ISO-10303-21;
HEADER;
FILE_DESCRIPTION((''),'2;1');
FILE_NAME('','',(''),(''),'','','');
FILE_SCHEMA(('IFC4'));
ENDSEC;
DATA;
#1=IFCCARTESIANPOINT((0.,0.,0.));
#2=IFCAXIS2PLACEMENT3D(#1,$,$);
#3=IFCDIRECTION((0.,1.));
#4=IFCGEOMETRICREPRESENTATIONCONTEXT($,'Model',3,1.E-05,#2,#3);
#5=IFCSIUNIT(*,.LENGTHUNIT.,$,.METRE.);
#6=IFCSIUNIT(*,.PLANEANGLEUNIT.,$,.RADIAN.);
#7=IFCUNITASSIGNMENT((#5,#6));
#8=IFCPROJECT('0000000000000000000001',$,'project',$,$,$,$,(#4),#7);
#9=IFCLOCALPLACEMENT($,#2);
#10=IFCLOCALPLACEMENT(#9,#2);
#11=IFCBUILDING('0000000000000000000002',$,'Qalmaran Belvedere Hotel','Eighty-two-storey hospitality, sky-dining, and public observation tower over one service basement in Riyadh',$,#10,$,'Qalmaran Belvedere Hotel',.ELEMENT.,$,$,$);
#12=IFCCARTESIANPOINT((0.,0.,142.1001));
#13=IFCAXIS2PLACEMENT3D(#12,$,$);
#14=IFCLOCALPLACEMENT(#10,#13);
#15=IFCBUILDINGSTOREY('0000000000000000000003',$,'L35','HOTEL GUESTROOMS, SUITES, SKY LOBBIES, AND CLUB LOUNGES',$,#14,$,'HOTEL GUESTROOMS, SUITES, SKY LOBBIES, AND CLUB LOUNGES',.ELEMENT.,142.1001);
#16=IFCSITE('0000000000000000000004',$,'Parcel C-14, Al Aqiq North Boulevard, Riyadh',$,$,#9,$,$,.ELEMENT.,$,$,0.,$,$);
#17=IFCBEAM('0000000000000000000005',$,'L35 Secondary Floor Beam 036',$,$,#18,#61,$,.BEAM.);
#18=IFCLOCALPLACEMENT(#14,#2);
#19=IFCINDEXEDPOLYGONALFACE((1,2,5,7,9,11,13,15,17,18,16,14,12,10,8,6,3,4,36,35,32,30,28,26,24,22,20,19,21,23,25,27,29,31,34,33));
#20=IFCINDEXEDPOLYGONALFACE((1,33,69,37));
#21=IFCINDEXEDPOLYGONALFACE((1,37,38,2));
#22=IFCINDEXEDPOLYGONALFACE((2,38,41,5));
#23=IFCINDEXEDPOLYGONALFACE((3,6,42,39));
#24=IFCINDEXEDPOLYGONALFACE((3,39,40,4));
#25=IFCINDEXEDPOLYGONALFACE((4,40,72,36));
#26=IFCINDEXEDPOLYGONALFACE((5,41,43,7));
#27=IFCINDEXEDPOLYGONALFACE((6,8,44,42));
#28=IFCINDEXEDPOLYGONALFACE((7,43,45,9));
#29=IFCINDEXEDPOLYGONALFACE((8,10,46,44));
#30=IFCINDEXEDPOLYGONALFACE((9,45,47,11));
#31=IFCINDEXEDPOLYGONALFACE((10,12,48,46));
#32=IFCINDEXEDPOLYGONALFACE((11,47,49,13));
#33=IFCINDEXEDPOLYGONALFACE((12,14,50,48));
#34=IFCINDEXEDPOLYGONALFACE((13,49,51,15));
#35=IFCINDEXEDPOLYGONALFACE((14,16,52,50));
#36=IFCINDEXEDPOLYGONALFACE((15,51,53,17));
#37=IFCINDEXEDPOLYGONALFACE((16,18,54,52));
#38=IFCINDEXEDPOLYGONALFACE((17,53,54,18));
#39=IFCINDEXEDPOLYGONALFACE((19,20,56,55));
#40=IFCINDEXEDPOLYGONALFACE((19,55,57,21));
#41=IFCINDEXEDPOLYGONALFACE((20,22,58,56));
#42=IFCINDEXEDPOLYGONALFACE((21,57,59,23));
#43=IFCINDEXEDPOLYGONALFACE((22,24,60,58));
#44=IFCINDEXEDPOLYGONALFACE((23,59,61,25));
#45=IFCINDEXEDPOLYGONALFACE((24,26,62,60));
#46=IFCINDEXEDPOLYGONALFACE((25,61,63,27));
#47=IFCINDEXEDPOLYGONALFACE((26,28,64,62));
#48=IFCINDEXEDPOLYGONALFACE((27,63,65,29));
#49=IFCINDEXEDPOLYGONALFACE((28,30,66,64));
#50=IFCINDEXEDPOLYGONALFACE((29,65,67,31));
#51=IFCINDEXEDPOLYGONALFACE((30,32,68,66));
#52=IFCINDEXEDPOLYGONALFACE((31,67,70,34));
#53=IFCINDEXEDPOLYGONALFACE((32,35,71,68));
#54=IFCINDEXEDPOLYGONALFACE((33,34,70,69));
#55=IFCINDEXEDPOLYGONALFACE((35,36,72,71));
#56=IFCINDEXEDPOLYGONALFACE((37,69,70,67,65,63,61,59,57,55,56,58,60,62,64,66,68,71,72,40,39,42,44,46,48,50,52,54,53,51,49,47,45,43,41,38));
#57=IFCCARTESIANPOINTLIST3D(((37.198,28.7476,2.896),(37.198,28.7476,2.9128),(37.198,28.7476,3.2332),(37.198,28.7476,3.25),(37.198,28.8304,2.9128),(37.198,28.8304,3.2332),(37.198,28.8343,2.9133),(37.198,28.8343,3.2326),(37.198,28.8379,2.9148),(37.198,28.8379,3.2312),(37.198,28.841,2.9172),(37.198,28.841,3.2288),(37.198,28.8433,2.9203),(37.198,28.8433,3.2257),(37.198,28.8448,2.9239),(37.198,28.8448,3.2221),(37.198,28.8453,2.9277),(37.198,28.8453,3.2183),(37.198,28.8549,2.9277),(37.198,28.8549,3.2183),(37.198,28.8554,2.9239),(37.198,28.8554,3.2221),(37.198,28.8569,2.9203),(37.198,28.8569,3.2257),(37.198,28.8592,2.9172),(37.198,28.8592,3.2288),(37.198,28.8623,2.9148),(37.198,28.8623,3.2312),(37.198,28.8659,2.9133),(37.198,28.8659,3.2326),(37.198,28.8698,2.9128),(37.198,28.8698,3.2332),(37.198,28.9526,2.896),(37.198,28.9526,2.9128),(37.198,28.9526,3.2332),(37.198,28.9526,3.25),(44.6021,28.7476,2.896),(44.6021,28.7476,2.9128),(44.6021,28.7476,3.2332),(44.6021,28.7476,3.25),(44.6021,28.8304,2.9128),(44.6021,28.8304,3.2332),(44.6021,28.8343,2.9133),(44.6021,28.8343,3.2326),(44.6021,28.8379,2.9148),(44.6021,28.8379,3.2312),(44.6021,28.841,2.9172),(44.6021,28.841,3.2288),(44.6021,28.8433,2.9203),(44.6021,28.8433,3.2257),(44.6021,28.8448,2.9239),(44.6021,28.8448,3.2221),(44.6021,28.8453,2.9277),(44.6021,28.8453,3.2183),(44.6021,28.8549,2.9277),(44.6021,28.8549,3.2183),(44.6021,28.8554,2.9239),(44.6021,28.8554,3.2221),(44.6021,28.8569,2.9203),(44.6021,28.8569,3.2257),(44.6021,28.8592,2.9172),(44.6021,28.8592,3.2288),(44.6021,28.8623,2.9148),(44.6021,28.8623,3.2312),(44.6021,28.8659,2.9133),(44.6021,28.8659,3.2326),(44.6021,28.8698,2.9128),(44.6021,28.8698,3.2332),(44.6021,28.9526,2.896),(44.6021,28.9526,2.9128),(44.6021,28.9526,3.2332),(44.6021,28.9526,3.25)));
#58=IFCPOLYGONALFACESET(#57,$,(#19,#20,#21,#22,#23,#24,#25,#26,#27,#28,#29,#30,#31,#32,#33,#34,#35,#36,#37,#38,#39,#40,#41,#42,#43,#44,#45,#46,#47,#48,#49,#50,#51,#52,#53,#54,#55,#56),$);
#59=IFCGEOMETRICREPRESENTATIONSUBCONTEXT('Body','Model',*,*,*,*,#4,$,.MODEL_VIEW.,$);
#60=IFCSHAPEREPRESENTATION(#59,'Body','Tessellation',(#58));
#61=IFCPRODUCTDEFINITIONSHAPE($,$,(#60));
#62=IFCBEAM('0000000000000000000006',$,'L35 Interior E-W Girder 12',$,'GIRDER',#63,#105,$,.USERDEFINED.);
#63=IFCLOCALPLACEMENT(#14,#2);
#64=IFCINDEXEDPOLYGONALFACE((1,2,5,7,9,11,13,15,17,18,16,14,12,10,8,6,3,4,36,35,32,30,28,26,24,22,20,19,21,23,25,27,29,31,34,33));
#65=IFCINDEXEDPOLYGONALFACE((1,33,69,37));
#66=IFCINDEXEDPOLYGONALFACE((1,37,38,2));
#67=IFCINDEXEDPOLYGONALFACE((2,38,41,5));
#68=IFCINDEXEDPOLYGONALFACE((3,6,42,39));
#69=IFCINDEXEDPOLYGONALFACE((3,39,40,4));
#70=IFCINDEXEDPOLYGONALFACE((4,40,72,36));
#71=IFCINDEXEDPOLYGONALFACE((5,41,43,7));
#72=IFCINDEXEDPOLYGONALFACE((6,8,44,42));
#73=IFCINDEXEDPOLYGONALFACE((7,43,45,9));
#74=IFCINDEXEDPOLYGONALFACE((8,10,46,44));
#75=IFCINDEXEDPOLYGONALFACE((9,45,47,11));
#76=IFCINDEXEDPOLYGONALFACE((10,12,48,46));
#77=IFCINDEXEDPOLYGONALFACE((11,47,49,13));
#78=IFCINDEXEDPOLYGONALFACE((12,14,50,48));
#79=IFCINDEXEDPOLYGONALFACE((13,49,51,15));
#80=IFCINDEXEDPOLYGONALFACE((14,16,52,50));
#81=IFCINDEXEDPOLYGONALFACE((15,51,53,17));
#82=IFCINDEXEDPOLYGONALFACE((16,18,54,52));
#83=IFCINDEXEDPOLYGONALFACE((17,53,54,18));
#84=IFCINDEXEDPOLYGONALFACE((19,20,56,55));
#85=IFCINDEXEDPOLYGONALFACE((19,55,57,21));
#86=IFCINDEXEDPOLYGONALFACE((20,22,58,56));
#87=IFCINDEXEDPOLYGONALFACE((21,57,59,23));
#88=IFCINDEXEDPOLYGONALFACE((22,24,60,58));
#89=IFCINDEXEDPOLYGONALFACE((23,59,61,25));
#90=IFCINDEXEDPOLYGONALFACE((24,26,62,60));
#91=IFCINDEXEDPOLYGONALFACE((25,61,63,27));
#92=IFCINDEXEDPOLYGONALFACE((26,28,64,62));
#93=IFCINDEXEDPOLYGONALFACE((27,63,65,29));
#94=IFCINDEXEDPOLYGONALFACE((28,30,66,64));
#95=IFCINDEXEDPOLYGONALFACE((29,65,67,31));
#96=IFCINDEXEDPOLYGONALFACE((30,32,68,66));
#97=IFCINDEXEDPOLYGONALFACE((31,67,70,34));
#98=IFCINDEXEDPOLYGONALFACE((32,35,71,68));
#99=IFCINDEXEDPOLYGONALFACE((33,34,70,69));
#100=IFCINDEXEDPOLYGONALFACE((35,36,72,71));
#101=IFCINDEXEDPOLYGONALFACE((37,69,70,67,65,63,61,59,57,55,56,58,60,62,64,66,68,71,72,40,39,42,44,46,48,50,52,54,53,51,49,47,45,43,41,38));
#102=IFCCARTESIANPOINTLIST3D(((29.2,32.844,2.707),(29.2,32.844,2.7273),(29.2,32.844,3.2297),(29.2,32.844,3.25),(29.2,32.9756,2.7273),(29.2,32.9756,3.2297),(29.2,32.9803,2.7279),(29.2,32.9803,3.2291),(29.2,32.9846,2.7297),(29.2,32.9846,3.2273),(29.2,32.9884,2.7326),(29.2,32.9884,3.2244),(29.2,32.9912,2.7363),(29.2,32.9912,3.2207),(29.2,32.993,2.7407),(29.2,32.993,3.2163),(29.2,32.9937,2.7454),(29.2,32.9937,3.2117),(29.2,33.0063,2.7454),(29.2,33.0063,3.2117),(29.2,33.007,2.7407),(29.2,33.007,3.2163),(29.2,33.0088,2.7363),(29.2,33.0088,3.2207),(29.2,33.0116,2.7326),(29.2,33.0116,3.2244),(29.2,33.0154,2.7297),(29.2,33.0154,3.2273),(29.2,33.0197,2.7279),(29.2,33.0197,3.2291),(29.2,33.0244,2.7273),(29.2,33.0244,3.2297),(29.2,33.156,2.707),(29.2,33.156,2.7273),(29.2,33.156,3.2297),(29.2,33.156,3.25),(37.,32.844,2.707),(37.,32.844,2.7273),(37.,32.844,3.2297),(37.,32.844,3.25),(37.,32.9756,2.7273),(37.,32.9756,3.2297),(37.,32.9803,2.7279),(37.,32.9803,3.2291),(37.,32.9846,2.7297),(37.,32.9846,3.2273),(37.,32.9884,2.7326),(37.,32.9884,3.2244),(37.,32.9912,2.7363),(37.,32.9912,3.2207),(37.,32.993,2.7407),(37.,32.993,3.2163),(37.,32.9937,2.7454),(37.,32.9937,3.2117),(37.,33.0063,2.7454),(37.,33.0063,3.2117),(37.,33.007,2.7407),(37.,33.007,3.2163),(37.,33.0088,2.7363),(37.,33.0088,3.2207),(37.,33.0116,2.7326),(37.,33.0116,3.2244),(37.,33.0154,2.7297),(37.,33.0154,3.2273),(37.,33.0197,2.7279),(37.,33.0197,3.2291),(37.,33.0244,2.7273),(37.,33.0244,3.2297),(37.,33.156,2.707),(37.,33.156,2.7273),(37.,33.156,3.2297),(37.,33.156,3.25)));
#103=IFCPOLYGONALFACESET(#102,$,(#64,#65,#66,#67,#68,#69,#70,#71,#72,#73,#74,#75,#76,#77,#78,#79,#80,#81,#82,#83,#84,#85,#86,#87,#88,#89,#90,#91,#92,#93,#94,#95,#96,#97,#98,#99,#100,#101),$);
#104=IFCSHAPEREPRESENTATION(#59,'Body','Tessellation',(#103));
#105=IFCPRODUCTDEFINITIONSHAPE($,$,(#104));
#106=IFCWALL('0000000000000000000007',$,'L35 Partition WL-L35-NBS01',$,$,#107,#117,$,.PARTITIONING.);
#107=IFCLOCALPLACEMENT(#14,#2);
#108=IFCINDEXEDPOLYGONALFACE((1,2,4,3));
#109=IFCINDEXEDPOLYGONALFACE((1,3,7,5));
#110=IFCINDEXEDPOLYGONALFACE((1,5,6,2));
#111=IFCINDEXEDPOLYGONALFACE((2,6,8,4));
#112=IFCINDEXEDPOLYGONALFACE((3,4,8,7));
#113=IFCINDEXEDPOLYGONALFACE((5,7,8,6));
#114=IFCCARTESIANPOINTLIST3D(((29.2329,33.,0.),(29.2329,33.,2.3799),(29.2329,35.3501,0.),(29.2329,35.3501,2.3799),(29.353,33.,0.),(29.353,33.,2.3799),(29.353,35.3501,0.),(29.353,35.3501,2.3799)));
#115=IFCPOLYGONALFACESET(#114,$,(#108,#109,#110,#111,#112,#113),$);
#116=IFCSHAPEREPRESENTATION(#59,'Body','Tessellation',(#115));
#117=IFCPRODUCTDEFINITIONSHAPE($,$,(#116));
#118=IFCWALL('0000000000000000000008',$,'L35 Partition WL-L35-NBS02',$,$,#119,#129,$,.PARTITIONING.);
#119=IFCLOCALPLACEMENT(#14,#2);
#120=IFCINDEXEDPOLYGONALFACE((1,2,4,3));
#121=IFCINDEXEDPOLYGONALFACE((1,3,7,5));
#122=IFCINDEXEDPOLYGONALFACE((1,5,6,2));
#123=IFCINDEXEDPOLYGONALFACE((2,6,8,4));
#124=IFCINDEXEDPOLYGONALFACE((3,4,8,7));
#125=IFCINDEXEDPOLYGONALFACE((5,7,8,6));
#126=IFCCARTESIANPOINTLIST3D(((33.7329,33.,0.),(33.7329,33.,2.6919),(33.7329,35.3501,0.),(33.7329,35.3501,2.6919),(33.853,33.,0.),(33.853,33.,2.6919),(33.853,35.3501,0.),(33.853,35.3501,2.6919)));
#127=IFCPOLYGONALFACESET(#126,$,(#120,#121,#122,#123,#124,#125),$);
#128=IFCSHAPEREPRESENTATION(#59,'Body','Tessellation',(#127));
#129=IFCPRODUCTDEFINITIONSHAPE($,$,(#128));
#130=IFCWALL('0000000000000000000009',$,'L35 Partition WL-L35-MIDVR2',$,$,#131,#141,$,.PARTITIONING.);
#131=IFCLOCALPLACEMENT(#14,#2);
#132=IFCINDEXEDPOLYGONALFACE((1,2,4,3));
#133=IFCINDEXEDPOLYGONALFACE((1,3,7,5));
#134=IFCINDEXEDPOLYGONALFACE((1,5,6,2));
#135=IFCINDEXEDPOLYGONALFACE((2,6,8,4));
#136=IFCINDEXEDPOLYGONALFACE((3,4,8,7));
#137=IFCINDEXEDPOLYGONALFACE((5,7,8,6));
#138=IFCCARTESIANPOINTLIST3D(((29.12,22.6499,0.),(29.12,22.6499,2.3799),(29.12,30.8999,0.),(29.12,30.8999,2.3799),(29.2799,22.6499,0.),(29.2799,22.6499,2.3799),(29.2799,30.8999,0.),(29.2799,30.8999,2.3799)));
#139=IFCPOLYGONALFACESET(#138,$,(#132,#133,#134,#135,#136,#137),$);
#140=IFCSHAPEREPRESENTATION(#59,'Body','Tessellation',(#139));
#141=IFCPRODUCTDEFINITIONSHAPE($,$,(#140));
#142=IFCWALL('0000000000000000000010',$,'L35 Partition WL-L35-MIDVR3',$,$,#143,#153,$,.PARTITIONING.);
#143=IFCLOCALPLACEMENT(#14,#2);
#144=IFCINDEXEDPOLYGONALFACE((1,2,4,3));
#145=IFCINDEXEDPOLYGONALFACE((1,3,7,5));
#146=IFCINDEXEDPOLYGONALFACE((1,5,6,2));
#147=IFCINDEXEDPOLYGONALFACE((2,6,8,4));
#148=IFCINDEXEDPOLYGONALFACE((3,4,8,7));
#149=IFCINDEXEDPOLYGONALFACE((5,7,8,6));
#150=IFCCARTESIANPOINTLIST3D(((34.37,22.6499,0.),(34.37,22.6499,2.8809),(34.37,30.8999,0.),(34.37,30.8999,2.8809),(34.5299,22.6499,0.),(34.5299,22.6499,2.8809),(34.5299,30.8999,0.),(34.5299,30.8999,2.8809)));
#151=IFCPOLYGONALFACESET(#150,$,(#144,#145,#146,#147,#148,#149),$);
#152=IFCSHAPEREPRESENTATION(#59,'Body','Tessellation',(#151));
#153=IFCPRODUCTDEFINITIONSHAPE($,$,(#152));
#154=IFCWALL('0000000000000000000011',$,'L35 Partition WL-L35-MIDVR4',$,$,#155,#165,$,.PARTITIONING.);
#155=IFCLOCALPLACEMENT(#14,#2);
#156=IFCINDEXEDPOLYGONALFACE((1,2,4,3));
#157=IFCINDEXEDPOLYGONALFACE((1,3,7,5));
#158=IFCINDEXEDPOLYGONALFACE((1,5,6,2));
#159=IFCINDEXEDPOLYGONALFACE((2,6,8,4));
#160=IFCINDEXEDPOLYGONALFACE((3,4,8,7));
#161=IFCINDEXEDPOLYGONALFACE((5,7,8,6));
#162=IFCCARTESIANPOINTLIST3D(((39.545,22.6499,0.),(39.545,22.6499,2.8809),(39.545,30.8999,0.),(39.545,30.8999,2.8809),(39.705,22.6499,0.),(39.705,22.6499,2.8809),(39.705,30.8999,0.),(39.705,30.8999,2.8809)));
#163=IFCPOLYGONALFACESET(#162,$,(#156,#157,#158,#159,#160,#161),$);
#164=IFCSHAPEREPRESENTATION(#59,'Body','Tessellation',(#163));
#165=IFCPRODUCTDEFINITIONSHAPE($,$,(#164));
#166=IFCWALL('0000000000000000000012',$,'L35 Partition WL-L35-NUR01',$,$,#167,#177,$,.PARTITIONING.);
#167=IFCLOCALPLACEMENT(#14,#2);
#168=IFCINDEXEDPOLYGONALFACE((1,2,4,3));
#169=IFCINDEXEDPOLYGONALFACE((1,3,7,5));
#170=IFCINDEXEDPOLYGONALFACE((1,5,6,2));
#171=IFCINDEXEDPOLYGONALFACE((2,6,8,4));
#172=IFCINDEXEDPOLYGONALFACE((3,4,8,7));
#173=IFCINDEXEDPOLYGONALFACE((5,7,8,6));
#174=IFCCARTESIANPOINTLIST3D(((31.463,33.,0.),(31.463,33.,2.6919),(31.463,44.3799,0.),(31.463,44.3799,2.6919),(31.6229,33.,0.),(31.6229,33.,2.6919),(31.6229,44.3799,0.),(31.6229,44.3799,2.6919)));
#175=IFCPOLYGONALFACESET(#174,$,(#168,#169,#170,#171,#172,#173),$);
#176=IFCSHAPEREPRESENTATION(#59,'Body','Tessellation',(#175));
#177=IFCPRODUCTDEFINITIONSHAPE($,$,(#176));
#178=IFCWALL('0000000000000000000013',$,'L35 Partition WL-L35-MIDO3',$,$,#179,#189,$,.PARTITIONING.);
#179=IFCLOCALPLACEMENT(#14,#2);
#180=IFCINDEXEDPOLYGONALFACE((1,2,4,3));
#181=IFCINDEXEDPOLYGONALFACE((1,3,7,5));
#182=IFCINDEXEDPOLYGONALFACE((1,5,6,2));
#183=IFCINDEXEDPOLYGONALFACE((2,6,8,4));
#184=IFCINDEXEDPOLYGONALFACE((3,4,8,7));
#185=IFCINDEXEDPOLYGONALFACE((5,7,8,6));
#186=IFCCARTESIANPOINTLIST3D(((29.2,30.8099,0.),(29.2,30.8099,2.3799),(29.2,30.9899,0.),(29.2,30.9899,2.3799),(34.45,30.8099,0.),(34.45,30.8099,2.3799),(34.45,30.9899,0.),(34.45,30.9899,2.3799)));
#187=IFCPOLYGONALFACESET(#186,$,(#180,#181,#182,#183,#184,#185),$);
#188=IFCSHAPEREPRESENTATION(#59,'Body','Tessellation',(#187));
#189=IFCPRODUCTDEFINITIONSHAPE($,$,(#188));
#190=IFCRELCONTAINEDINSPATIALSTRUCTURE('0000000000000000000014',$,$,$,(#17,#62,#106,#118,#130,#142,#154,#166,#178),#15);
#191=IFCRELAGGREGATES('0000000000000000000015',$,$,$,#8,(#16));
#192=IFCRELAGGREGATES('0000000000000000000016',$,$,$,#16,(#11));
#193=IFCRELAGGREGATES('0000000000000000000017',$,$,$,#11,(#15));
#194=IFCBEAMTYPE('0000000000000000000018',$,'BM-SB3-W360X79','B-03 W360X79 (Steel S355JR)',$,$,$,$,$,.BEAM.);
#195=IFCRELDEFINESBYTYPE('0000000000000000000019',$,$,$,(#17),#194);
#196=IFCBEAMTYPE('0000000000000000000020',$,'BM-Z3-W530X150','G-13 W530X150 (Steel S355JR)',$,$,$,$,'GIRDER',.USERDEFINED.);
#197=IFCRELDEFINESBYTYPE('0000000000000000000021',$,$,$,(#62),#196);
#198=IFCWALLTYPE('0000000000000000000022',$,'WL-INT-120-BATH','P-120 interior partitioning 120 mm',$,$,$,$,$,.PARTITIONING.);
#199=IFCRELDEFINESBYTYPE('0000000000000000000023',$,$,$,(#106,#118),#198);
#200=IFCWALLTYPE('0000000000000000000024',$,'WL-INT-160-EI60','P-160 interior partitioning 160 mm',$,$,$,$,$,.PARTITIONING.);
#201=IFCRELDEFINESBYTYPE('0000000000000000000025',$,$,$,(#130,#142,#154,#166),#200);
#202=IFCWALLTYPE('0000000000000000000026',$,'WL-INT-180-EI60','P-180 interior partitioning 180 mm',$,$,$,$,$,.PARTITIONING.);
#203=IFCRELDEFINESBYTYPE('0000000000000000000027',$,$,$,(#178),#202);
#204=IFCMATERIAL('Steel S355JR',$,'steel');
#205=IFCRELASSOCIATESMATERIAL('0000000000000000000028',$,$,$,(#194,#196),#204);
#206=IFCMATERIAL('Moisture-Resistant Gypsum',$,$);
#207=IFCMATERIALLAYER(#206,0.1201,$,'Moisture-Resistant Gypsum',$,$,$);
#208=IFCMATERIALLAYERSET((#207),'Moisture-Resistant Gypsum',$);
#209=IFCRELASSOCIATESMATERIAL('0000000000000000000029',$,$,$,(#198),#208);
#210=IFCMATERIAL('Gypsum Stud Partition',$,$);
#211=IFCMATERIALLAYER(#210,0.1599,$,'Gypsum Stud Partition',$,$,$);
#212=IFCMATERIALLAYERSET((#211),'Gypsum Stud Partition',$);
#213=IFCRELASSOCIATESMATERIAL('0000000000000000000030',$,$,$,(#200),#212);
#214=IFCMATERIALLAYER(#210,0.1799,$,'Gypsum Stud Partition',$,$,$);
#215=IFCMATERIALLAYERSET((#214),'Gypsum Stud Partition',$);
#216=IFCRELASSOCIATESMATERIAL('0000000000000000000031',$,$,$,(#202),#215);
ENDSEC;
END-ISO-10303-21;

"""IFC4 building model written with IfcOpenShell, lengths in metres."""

from ifc_helpers import new_model, si_unit, direction, frame, frame_2d, origin, origin_2d, place, context, subcontext, project, spatial, rectangle, i_section, extrude, material, layer, layer_set, material_profile, profile_set, type_object, element, save


model = new_model("IFC4")

# Units and contexts
model_context = context("Model", 3, precision=1e-05, world=origin(), true_north=direction((0.0, 1.0)))
body_context = subcontext(model_context, "Body", "Model", "MODEL_VIEW")
ifc_project = project(units=[si_unit("LENGTHUNIT", "METRE"), si_unit("PLANEANGLEUNIT", "RADIAN")], contexts=[model_context])

# Site, building, storey
site_placement = place(None, origin())
site = spatial("IfcSite", under=ifc_project, at=site_placement, Name="Parcel C-14, Al Aqiq North Boulevard, Riyadh", CompositionType="ELEMENT", RefElevation=0.0)
building_placement = place(site_placement, origin())
building = spatial("IfcBuilding", under=site, at=building_placement, Name="Qalmaran Belvedere Hotel", Description="Eighty-two-storey hospitality, sky-dining, and public observation tower over one service basement in Riyadh", LongName="Qalmaran Belvedere Hotel", CompositionType="ELEMENT")
storey_placement = place(building_placement, frame((0.0, 0.0, 142.1001)))
storey = spatial("IfcBuildingStorey", under=building, at=storey_placement, Name="L35", Description="HOTEL GUESTROOMS, SUITES, SKY LOBBIES, AND CLUB LOUNGES", LongName="HOTEL GUESTROOMS, SUITES, SKY LOBBIES, AND CLUB LOUNGES", CompositionType="ELEMENT", Elevation=142.1001)

# Beams
ifc_material_1 = material(Name="Steel S355JR", Category="steel")
ifc_material_profile_1 = material_profile(ifc_material_1, i_section(OverallWidth=0.2051, OverallDepth=0.354, WebThickness=0.0095, FlangeThickness=0.0168, FilletRadius=0.0149, at=origin_2d()), Name="W360X79")
ifc_profile_set_1 = profile_set([ifc_material_profile_1], Name="Steel S355JR")
beam_type_1 = type_object("IfcBeamType", Name="BM-SB3-W360X79", Description="B-03 W360X79 (Steel S355JR)", PredefinedType="BEAM", material=ifc_profile_set_1)
for number, where, z_axis, x_axis, name in (
    (1, (37.198, 28.8501, 3.073), (1.0, 0.0, 0.0), (0.0, 1.0, 0.0), "L35 Secondary Floor Beam 036"),
):
    element("IfcBeam", number, at=place(storey_placement, frame(where, z_axis=z_axis, x_axis=x_axis)), inside=storey, type_object=beam_type_1, Name=name, PredefinedType="BEAM", context=body_context, shape_type="SweptSolid", body=[
        extrude(i_section(OverallWidth=0.2051, OverallDepth=0.354, WebThickness=0.0095, FlangeThickness=0.0168, FilletRadius=0.0149, at=origin_2d()), origin(), (0.0, 0.0, 1.0), 7.4041),
    ])
ifc_material_profile_2 = material_profile(ifc_material_1, i_section(OverallWidth=0.312, OverallDepth=0.543, WebThickness=0.0127, FlangeThickness=0.0203, FilletRadius=0.0181, at=origin_2d()), Name="W530X150")
ifc_profile_set_2 = profile_set([ifc_material_profile_2], Name="Steel S355JR")
beam_type_2 = type_object("IfcBeamType", Name="BM-Z3-W530X150", Description="G-13 W530X150 (Steel S355JR)", ElementType="GIRDER", PredefinedType="USERDEFINED", material=ifc_profile_set_2)
beam_1_placement = place(storey_placement, frame((29.2, 33.0, 2.9785), z_axis=(1.0, 0.0, 0.0), x_axis=(0.0, 1.0, 0.0)))
element("IfcBeam", 2, at=beam_1_placement, inside=storey, type_object=beam_type_2, Name="L35 Interior E-W Girder 12", ObjectType="GIRDER", PredefinedType="USERDEFINED", context=body_context, shape_type="SweptSolid", body=[
    extrude(i_section(OverallWidth=0.312, OverallDepth=0.543, WebThickness=0.0127, FlangeThickness=0.0203, FilletRadius=0.0181, at=origin_2d()), origin(), (0.0, 0.0, 1.0), 7.8),
])

# Walls
ifc_material_2 = material(Name="Moisture-Resistant Gypsum")
ifc_layer_1 = layer(ifc_material_2, 0.1201, Name="Moisture-Resistant Gypsum")
ifc_layer_set_1 = layer_set([ifc_layer_1], Name="Moisture-Resistant Gypsum")
wall_type_1 = type_object("IfcWallType", Name="WL-INT-120-BATH", Description="P-120 interior partitioning 120 mm", PredefinedType="PARTITIONING", material=ifc_layer_set_1)
wall_1_placement = place(storey_placement, frame((29.293, 33.0, 0.0), z_axis=(0.0, 0.0, 1.0), x_axis=(0.0, 1.0, 0.0)))
element("IfcWall", 3, at=wall_1_placement, inside=storey, type_object=wall_type_1, Name="L35 Partition WL-L35-NBS01", PredefinedType="PARTITIONING", context=body_context, shape_type="SweptSolid", body=[
    extrude(rectangle(XDim=2.3501, YDim=0.1201, at=frame_2d((1.175, 0.0))), origin(), (0.0, 0.0, 1.0), 2.3799),
])
wall_2_placement = place(storey_placement, frame((33.793, 33.0, 0.0), z_axis=(0.0, 0.0, 1.0), x_axis=(0.0, 1.0, 0.0)))
element("IfcWall", 4, at=wall_2_placement, inside=storey, type_object=wall_type_1, Name="L35 Partition WL-L35-NBS02", PredefinedType="PARTITIONING", context=body_context, shape_type="SweptSolid", body=[
    extrude(rectangle(XDim=2.3501, YDim=0.1201, at=frame_2d((1.175, 0.0))), origin(), (0.0, 0.0, 1.0), 2.6919),
])
ifc_material_3 = material(Name="Gypsum Stud Partition")
ifc_layer_2 = layer(ifc_material_3, 0.1599, Name="Gypsum Stud Partition")
ifc_layer_set_2 = layer_set([ifc_layer_2], Name="Gypsum Stud Partition")
wall_type_2 = type_object("IfcWallType", Name="WL-INT-160-EI60", Description="P-160 interior partitioning 160 mm", PredefinedType="PARTITIONING", material=ifc_layer_set_2)
wall_3_placement = place(storey_placement, frame((29.2, 22.6499, 0.0), z_axis=(0.0, 0.0, 1.0), x_axis=(0.0, 1.0, 0.0)))
element("IfcWall", 5, at=wall_3_placement, inside=storey, type_object=wall_type_2, Name="L35 Partition WL-L35-MIDVR2", PredefinedType="PARTITIONING", context=body_context, shape_type="SweptSolid", body=[
    extrude(rectangle(XDim=8.25, YDim=0.1599, at=frame_2d((4.125, 0.0))), origin(), (0.0, 0.0, 1.0), 2.3799),
])
for number, where, z_axis, x_axis, name in (
    (6, (34.45, 22.6499, 0.0), (0.0, 0.0, 1.0), (0.0, 1.0, 0.0), "L35 Partition WL-L35-MIDVR3"),
    (7, (39.625, 22.6499, 0.0), (0.0, 0.0, 1.0), (0.0, 1.0, 0.0), "L35 Partition WL-L35-MIDVR4"),
):
    element("IfcWall", number, at=place(storey_placement, frame(where, z_axis=z_axis, x_axis=x_axis)), inside=storey, type_object=wall_type_2, Name=name, PredefinedType="PARTITIONING", context=body_context, shape_type="SweptSolid", body=[
        extrude(rectangle(XDim=8.25, YDim=0.1599, at=frame_2d((4.125, 0.0))), origin(), (0.0, 0.0, 1.0), 2.8809),
    ])
wall_4_placement = place(storey_placement, frame((31.543, 33.0, 0.0), z_axis=(0.0, 0.0, 1.0), x_axis=(0.0, 1.0, 0.0)))
element("IfcWall", 8, at=wall_4_placement, inside=storey, type_object=wall_type_2, Name="L35 Partition WL-L35-NUR01", PredefinedType="PARTITIONING", context=body_context, shape_type="SweptSolid", body=[
    extrude(rectangle(XDim=11.3799, YDim=0.1599, at=frame_2d((5.6899, 0.0))), origin(), (0.0, 0.0, 1.0), 2.6919),
])

# Shared definitions
ifc_layer_3 = layer(ifc_material_3, 0.1799, Name="Gypsum Stud Partition")
ifc_layer_set_3 = layer_set([ifc_layer_3], Name="Gypsum Stud Partition")
wall_type_3 = type_object("IfcWallType", Name="WL-INT-180-EI60", Description="P-180 interior partitioning 180 mm", PredefinedType="PARTITIONING", material=ifc_layer_set_3)

# Wall
wall_5_placement = place(storey_placement, frame((29.2, 30.8999, 0.0), z_axis=(0.0, 0.0, 1.0), x_axis=(1.0, 0.0, 0.0)))
element("IfcWall", 9, at=wall_5_placement, inside=storey, type_object=wall_type_3, Name="L35 Partition WL-L35-MIDO3", PredefinedType="PARTITIONING", context=body_context, shape_type="SweptSolid", body=[
    extrude(rectangle(XDim=5.25, YDim=0.1799, at=frame_2d((2.625, 0.0))), origin(), (0.0, 0.0, 1.0), 2.3799),
])

save(model, "model.ifc")
